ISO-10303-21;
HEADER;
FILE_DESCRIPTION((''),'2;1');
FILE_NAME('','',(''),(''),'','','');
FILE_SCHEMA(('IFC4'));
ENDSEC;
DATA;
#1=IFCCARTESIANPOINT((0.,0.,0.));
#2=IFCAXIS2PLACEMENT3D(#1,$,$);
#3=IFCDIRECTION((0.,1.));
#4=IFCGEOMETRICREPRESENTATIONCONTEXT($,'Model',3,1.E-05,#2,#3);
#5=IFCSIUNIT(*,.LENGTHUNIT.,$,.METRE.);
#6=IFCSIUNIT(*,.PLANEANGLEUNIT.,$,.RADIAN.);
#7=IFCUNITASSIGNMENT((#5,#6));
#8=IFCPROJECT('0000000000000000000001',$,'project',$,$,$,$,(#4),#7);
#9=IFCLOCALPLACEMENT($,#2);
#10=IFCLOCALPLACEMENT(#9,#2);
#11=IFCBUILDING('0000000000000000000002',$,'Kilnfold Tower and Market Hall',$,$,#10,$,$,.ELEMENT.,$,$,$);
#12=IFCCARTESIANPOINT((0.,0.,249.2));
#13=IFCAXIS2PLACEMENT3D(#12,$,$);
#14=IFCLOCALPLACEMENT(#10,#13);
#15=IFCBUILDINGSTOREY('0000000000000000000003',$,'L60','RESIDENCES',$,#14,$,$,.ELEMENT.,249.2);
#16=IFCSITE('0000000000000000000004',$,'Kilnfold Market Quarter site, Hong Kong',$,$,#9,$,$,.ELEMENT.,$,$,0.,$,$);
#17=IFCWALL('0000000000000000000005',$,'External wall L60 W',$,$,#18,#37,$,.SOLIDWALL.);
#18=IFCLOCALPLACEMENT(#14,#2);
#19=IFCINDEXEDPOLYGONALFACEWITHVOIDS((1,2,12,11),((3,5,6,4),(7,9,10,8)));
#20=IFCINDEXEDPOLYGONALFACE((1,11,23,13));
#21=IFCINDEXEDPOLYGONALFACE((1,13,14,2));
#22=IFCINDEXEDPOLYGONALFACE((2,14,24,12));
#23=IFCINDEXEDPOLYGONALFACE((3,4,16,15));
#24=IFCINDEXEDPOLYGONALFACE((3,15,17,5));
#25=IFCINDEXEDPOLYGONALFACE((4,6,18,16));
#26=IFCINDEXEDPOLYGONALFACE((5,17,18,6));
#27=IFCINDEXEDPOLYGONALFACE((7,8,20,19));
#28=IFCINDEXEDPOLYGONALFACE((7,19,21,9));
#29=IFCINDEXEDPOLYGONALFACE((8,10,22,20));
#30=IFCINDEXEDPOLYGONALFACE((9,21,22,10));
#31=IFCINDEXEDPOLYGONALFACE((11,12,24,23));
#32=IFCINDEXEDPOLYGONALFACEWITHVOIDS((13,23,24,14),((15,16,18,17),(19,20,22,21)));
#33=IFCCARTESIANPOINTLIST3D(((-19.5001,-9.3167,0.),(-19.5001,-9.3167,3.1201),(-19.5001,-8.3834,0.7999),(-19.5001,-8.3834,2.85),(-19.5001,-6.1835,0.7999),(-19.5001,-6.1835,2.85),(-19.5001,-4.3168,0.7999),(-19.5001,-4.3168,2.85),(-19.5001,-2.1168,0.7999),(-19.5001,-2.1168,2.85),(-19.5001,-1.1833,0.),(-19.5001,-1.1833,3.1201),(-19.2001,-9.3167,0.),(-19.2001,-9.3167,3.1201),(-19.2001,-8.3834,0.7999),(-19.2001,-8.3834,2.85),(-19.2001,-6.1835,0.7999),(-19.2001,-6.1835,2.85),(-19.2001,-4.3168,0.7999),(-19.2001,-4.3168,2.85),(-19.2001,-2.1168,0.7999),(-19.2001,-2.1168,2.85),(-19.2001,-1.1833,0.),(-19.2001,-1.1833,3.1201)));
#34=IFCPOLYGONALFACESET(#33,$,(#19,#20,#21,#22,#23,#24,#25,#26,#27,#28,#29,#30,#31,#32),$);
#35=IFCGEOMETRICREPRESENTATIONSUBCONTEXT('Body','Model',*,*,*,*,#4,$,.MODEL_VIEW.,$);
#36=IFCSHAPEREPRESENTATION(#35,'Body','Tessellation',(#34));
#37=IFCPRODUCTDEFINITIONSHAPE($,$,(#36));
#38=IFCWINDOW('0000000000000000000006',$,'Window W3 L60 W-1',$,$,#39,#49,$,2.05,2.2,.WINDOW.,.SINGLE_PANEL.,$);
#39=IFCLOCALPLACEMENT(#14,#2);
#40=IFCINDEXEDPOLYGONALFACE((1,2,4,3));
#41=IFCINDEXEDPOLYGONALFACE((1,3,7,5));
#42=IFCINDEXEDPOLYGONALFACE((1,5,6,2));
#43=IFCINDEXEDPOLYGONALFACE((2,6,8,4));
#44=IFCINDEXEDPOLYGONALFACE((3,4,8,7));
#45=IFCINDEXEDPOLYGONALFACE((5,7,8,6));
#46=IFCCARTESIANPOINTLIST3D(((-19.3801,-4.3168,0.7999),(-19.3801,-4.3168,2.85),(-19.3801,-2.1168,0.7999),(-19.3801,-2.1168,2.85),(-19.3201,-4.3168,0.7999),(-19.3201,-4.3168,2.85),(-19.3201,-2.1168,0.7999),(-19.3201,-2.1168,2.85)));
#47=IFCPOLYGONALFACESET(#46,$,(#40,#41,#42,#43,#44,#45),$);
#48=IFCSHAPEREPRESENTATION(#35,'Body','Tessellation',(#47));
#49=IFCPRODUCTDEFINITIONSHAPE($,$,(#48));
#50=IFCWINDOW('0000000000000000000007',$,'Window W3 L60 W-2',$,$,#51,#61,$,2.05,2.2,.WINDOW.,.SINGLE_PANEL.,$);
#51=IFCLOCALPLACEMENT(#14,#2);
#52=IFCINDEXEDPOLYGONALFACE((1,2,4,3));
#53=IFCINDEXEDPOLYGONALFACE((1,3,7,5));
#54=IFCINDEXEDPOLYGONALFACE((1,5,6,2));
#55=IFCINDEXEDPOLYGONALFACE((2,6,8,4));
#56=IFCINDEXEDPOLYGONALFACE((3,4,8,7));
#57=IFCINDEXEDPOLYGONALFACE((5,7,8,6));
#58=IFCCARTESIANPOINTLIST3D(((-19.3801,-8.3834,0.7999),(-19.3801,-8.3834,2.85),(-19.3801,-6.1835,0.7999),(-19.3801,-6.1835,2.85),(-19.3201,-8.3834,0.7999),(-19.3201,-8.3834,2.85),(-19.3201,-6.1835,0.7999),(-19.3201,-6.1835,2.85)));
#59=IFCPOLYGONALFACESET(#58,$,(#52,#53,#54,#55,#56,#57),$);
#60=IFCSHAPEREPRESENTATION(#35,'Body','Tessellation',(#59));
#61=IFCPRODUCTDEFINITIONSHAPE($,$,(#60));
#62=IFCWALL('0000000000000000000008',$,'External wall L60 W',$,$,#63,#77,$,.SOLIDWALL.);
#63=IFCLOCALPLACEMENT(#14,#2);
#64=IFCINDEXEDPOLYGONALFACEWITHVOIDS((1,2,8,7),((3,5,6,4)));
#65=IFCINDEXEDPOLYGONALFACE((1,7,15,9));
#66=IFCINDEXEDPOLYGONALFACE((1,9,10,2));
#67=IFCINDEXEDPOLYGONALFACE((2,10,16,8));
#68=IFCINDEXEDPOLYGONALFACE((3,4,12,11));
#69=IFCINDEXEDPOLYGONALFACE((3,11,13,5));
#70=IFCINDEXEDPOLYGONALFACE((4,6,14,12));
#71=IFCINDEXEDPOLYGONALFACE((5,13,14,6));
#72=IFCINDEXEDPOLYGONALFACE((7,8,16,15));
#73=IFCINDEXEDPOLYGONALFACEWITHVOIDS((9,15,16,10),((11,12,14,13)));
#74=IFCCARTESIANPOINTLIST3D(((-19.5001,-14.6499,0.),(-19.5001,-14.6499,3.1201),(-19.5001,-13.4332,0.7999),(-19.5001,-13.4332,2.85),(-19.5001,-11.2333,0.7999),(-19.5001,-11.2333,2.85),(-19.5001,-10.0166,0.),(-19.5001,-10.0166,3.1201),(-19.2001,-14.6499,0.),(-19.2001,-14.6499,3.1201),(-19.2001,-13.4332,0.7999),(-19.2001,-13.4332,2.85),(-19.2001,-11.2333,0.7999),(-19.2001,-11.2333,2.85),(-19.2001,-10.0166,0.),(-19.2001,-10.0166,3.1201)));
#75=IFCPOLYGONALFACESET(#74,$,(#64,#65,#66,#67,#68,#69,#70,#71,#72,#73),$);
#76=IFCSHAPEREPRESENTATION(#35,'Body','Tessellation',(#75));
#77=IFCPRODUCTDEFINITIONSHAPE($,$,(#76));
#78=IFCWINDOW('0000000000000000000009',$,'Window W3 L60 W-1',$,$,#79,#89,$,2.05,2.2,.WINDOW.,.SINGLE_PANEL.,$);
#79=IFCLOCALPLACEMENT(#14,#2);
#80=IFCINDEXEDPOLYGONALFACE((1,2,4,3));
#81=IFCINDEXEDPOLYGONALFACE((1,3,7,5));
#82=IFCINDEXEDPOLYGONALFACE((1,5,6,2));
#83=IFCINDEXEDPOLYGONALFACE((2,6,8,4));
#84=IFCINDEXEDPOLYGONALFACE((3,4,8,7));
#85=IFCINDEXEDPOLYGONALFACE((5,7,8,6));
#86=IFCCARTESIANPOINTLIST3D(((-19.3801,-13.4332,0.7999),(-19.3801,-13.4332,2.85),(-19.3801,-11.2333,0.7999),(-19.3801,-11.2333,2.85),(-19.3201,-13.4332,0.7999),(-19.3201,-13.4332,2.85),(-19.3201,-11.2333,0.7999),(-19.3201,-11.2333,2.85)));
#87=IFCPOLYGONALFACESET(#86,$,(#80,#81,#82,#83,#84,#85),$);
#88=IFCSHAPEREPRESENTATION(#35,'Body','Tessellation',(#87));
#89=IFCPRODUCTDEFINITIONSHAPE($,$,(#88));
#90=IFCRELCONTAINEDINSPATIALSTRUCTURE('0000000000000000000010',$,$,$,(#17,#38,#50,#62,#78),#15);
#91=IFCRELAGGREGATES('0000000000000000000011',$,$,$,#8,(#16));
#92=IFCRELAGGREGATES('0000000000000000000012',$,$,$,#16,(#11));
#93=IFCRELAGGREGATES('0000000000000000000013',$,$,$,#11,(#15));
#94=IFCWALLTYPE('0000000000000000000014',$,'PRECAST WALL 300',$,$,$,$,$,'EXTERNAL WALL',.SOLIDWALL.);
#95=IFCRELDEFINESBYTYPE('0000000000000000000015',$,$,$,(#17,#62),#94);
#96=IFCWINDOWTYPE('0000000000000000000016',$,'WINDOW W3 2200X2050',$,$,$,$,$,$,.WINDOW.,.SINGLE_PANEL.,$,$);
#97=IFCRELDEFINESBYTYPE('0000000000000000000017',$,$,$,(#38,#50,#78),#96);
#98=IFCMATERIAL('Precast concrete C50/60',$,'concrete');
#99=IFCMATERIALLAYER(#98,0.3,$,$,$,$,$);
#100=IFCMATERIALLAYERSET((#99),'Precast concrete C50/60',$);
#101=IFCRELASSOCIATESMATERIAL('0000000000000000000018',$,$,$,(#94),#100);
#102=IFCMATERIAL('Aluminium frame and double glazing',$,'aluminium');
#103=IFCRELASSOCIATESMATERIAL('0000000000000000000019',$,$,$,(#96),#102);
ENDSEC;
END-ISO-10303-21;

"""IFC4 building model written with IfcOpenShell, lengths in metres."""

from ifc_helpers import new_model, si_unit, direction, frame, frame_2d, origin, place, context, subcontext, project, spatial, rectangle, extrude, source, transform, mapped, material, layer, layer_set, type_object, element, fill, save


model = new_model("IFC4")

# Units and contexts
model_context = context("Model", 3, precision=1e-05, world=origin(), true_north=direction((0.0, 1.0)))
body_context = subcontext(model_context, "Body", "Model", "MODEL_VIEW")
ifc_project = project(units=[si_unit("LENGTHUNIT", "METRE"), si_unit("PLANEANGLEUNIT", "RADIAN")], contexts=[model_context])

# Site, building, storey
site_placement = place(None, origin())
site = spatial("IfcSite", under=ifc_project, at=site_placement, Name="Kilnfold Market Quarter site, Hong Kong", CompositionType="ELEMENT", RefElevation=0.0)
building_placement = place(site_placement, origin())
building = spatial("IfcBuilding", under=site, at=building_placement, Name="Kilnfold Tower and Market Hall", CompositionType="ELEMENT")
storey_placement = place(building_placement, frame((0.0, 0.0, 249.2)))
storey = spatial("IfcBuildingStorey", under=building, at=storey_placement, Name="L60", Description="RESIDENCES", CompositionType="ELEMENT", Elevation=249.2)

# Wall, openings, windows
ifc_material_1 = material(Name="Precast concrete C50/60", Category="concrete")
ifc_layer_1 = layer(ifc_material_1, 0.3)
ifc_layer_set_1 = layer_set([ifc_layer_1], Name="Precast concrete C50/60")
wall_type_1 = type_object("IfcWallType", Name="PRECAST WALL 300", ElementType="EXTERNAL WALL", PredefinedType="SOLIDWALL", material=ifc_layer_set_1)
shared_shape_1 = source(origin(), body_context, "Body", "SweptSolid", [
    extrude(rectangle(XDim=8.1333, YDim=0.3, at=frame_2d((4.0667, 0.0))), origin(), (0.0, 0.0, 1.0), 3.1201),
])
wall_1_placement = place(storey_placement, frame((-19.3501, -1.1833, 0.0), z_axis=(0.0, 0.0, 1.0), x_axis=(0.0, -1.0, 0.0)))
wall_1 = element("IfcWall", 1, at=wall_1_placement, inside=storey, type_object=wall_type_1, Name="External wall L60 W", PredefinedType="SOLIDWALL", context=body_context, shape_type="MappedRepresentation", body=[
    mapped(shared_shape_1, transform((0.0, 0.0, 0.0))),
])
opening_1_placement = place(wall_1_placement, frame((0.9333, 0.0, 0.8)))
opening_1 = element("IfcOpeningElement", 2, at=opening_1_placement, cuts=wall_1, PredefinedType="OPENING", context=body_context, shape_type="SweptSolid", body=[
    extrude(rectangle(XDim=2.2, YDim=2.05, at=frame_2d((1.1001, 1.0249))), frame((0.0, 0.1602, 0.0), z_axis=(0.0, -1.0, 0.0), x_axis=(1.0, 0.0, 0.0)), (0.0, 0.0, 1.0), 0.3201),
])
opening_2_placement = place(wall_1_placement, frame((5.0, 0.0, 0.8)))
opening_2 = element("IfcOpeningElement", 3, at=opening_2_placement, cuts=wall_1, PredefinedType="OPENING", context=body_context, shape_type="SweptSolid", body=[
    extrude(rectangle(XDim=2.2, YDim=2.05, at=frame_2d((1.1001, 1.0249))), frame((0.0, 0.1602, 0.0), z_axis=(0.0, -1.0, 0.0), x_axis=(1.0, 0.0, 0.0)), (0.0, 0.0, 1.0), 0.3201),
])
ifc_material_2 = material(Name="Aluminium frame and double glazing", Category="aluminium")
window_type = type_object("IfcWindowType", Name="WINDOW W3 2200X2050", PartitioningType="SINGLE_PANEL", PredefinedType="WINDOW", material=ifc_material_2)
window_1_placement = place(opening_1_placement, origin())
window_1 = element("IfcWindow", 4, at=window_1_placement, inside=storey, type_object=window_type, Name="Window W3 L60 W-1", OverallHeight=2.05, OverallWidth=2.2, PartitioningType="SINGLE_PANEL", PredefinedType="WINDOW", context=body_context, shape_type="SweptSolid", body=[
    extrude(rectangle(XDim=2.2, YDim=2.05, at=frame_2d((1.1001, 1.0249))), frame((0.0, 0.03, 0.0), z_axis=(0.0, -1.0, 0.0), x_axis=(1.0, 0.0, 0.0)), (0.0, 0.0, 1.0), 0.0601),
])
fill(opening_1, window_1)
window_2_placement = place(opening_2_placement, origin())
window_2 = element("IfcWindow", 5, at=window_2_placement, inside=storey, type_object=window_type, Name="Window W3 L60 W-2", OverallHeight=2.05, OverallWidth=2.2, PartitioningType="SINGLE_PANEL", PredefinedType="WINDOW", context=body_context, shape_type="SweptSolid", body=[
    extrude(rectangle(XDim=2.2, YDim=2.05, at=frame_2d((1.1001, 1.0249))), frame((0.0, 0.03, 0.0), z_axis=(0.0, -1.0, 0.0), x_axis=(1.0, 0.0, 0.0)), (0.0, 0.0, 1.0), 0.0601),
])
fill(opening_2, window_2)

# Wall, opening, window
shared_shape_2 = source(origin(), body_context, "Body", "SweptSolid", [
    extrude(rectangle(XDim=4.6333, YDim=0.3, at=frame_2d((2.3167, 0.0))), origin(), (0.0, 0.0, 1.0), 3.1201),
])
wall_2_placement = place(storey_placement, frame((-19.3501, -10.0166, 0.0), z_axis=(0.0, 0.0, 1.0), x_axis=(0.0, -1.0, 0.0)))
wall_2 = element("IfcWall", 6, at=wall_2_placement, inside=storey, type_object=wall_type_1, Name="External wall L60 W", PredefinedType="SOLIDWALL", context=body_context, shape_type="MappedRepresentation", body=[
    mapped(shared_shape_2, transform((0.0, 0.0, 0.0))),
])
opening_3_placement = place(wall_2_placement, frame((1.2166, 0.0, 0.8)))
opening_3 = element("IfcOpeningElement", 7, at=opening_3_placement, cuts=wall_2, PredefinedType="OPENING", context=body_context, shape_type="SweptSolid", body=[
    extrude(rectangle(XDim=2.2, YDim=2.05, at=frame_2d((1.1001, 1.0249))), frame((0.0, 0.1602, 0.0), z_axis=(0.0, -1.0, 0.0), x_axis=(1.0, 0.0, 0.0)), (0.0, 0.0, 1.0), 0.3201),
])
window_3_placement = place(opening_3_placement, origin())
window_3 = element("IfcWindow", 8, at=window_3_placement, inside=storey, type_object=window_type, Name="Window W3 L60 W-1", OverallHeight=2.05, OverallWidth=2.2, PartitioningType="SINGLE_PANEL", PredefinedType="WINDOW", context=body_context, shape_type="SweptSolid", body=[
    extrude(rectangle(XDim=2.2, YDim=2.05, at=frame_2d((1.1001, 1.0249))), frame((0.0, 0.03, 0.0), z_axis=(0.0, -1.0, 0.0), x_axis=(1.0, 0.0, 0.0)), (0.0, 0.0, 1.0), 0.0601),
])
fill(opening_3, window_3)

save(model, "model.ifc")
